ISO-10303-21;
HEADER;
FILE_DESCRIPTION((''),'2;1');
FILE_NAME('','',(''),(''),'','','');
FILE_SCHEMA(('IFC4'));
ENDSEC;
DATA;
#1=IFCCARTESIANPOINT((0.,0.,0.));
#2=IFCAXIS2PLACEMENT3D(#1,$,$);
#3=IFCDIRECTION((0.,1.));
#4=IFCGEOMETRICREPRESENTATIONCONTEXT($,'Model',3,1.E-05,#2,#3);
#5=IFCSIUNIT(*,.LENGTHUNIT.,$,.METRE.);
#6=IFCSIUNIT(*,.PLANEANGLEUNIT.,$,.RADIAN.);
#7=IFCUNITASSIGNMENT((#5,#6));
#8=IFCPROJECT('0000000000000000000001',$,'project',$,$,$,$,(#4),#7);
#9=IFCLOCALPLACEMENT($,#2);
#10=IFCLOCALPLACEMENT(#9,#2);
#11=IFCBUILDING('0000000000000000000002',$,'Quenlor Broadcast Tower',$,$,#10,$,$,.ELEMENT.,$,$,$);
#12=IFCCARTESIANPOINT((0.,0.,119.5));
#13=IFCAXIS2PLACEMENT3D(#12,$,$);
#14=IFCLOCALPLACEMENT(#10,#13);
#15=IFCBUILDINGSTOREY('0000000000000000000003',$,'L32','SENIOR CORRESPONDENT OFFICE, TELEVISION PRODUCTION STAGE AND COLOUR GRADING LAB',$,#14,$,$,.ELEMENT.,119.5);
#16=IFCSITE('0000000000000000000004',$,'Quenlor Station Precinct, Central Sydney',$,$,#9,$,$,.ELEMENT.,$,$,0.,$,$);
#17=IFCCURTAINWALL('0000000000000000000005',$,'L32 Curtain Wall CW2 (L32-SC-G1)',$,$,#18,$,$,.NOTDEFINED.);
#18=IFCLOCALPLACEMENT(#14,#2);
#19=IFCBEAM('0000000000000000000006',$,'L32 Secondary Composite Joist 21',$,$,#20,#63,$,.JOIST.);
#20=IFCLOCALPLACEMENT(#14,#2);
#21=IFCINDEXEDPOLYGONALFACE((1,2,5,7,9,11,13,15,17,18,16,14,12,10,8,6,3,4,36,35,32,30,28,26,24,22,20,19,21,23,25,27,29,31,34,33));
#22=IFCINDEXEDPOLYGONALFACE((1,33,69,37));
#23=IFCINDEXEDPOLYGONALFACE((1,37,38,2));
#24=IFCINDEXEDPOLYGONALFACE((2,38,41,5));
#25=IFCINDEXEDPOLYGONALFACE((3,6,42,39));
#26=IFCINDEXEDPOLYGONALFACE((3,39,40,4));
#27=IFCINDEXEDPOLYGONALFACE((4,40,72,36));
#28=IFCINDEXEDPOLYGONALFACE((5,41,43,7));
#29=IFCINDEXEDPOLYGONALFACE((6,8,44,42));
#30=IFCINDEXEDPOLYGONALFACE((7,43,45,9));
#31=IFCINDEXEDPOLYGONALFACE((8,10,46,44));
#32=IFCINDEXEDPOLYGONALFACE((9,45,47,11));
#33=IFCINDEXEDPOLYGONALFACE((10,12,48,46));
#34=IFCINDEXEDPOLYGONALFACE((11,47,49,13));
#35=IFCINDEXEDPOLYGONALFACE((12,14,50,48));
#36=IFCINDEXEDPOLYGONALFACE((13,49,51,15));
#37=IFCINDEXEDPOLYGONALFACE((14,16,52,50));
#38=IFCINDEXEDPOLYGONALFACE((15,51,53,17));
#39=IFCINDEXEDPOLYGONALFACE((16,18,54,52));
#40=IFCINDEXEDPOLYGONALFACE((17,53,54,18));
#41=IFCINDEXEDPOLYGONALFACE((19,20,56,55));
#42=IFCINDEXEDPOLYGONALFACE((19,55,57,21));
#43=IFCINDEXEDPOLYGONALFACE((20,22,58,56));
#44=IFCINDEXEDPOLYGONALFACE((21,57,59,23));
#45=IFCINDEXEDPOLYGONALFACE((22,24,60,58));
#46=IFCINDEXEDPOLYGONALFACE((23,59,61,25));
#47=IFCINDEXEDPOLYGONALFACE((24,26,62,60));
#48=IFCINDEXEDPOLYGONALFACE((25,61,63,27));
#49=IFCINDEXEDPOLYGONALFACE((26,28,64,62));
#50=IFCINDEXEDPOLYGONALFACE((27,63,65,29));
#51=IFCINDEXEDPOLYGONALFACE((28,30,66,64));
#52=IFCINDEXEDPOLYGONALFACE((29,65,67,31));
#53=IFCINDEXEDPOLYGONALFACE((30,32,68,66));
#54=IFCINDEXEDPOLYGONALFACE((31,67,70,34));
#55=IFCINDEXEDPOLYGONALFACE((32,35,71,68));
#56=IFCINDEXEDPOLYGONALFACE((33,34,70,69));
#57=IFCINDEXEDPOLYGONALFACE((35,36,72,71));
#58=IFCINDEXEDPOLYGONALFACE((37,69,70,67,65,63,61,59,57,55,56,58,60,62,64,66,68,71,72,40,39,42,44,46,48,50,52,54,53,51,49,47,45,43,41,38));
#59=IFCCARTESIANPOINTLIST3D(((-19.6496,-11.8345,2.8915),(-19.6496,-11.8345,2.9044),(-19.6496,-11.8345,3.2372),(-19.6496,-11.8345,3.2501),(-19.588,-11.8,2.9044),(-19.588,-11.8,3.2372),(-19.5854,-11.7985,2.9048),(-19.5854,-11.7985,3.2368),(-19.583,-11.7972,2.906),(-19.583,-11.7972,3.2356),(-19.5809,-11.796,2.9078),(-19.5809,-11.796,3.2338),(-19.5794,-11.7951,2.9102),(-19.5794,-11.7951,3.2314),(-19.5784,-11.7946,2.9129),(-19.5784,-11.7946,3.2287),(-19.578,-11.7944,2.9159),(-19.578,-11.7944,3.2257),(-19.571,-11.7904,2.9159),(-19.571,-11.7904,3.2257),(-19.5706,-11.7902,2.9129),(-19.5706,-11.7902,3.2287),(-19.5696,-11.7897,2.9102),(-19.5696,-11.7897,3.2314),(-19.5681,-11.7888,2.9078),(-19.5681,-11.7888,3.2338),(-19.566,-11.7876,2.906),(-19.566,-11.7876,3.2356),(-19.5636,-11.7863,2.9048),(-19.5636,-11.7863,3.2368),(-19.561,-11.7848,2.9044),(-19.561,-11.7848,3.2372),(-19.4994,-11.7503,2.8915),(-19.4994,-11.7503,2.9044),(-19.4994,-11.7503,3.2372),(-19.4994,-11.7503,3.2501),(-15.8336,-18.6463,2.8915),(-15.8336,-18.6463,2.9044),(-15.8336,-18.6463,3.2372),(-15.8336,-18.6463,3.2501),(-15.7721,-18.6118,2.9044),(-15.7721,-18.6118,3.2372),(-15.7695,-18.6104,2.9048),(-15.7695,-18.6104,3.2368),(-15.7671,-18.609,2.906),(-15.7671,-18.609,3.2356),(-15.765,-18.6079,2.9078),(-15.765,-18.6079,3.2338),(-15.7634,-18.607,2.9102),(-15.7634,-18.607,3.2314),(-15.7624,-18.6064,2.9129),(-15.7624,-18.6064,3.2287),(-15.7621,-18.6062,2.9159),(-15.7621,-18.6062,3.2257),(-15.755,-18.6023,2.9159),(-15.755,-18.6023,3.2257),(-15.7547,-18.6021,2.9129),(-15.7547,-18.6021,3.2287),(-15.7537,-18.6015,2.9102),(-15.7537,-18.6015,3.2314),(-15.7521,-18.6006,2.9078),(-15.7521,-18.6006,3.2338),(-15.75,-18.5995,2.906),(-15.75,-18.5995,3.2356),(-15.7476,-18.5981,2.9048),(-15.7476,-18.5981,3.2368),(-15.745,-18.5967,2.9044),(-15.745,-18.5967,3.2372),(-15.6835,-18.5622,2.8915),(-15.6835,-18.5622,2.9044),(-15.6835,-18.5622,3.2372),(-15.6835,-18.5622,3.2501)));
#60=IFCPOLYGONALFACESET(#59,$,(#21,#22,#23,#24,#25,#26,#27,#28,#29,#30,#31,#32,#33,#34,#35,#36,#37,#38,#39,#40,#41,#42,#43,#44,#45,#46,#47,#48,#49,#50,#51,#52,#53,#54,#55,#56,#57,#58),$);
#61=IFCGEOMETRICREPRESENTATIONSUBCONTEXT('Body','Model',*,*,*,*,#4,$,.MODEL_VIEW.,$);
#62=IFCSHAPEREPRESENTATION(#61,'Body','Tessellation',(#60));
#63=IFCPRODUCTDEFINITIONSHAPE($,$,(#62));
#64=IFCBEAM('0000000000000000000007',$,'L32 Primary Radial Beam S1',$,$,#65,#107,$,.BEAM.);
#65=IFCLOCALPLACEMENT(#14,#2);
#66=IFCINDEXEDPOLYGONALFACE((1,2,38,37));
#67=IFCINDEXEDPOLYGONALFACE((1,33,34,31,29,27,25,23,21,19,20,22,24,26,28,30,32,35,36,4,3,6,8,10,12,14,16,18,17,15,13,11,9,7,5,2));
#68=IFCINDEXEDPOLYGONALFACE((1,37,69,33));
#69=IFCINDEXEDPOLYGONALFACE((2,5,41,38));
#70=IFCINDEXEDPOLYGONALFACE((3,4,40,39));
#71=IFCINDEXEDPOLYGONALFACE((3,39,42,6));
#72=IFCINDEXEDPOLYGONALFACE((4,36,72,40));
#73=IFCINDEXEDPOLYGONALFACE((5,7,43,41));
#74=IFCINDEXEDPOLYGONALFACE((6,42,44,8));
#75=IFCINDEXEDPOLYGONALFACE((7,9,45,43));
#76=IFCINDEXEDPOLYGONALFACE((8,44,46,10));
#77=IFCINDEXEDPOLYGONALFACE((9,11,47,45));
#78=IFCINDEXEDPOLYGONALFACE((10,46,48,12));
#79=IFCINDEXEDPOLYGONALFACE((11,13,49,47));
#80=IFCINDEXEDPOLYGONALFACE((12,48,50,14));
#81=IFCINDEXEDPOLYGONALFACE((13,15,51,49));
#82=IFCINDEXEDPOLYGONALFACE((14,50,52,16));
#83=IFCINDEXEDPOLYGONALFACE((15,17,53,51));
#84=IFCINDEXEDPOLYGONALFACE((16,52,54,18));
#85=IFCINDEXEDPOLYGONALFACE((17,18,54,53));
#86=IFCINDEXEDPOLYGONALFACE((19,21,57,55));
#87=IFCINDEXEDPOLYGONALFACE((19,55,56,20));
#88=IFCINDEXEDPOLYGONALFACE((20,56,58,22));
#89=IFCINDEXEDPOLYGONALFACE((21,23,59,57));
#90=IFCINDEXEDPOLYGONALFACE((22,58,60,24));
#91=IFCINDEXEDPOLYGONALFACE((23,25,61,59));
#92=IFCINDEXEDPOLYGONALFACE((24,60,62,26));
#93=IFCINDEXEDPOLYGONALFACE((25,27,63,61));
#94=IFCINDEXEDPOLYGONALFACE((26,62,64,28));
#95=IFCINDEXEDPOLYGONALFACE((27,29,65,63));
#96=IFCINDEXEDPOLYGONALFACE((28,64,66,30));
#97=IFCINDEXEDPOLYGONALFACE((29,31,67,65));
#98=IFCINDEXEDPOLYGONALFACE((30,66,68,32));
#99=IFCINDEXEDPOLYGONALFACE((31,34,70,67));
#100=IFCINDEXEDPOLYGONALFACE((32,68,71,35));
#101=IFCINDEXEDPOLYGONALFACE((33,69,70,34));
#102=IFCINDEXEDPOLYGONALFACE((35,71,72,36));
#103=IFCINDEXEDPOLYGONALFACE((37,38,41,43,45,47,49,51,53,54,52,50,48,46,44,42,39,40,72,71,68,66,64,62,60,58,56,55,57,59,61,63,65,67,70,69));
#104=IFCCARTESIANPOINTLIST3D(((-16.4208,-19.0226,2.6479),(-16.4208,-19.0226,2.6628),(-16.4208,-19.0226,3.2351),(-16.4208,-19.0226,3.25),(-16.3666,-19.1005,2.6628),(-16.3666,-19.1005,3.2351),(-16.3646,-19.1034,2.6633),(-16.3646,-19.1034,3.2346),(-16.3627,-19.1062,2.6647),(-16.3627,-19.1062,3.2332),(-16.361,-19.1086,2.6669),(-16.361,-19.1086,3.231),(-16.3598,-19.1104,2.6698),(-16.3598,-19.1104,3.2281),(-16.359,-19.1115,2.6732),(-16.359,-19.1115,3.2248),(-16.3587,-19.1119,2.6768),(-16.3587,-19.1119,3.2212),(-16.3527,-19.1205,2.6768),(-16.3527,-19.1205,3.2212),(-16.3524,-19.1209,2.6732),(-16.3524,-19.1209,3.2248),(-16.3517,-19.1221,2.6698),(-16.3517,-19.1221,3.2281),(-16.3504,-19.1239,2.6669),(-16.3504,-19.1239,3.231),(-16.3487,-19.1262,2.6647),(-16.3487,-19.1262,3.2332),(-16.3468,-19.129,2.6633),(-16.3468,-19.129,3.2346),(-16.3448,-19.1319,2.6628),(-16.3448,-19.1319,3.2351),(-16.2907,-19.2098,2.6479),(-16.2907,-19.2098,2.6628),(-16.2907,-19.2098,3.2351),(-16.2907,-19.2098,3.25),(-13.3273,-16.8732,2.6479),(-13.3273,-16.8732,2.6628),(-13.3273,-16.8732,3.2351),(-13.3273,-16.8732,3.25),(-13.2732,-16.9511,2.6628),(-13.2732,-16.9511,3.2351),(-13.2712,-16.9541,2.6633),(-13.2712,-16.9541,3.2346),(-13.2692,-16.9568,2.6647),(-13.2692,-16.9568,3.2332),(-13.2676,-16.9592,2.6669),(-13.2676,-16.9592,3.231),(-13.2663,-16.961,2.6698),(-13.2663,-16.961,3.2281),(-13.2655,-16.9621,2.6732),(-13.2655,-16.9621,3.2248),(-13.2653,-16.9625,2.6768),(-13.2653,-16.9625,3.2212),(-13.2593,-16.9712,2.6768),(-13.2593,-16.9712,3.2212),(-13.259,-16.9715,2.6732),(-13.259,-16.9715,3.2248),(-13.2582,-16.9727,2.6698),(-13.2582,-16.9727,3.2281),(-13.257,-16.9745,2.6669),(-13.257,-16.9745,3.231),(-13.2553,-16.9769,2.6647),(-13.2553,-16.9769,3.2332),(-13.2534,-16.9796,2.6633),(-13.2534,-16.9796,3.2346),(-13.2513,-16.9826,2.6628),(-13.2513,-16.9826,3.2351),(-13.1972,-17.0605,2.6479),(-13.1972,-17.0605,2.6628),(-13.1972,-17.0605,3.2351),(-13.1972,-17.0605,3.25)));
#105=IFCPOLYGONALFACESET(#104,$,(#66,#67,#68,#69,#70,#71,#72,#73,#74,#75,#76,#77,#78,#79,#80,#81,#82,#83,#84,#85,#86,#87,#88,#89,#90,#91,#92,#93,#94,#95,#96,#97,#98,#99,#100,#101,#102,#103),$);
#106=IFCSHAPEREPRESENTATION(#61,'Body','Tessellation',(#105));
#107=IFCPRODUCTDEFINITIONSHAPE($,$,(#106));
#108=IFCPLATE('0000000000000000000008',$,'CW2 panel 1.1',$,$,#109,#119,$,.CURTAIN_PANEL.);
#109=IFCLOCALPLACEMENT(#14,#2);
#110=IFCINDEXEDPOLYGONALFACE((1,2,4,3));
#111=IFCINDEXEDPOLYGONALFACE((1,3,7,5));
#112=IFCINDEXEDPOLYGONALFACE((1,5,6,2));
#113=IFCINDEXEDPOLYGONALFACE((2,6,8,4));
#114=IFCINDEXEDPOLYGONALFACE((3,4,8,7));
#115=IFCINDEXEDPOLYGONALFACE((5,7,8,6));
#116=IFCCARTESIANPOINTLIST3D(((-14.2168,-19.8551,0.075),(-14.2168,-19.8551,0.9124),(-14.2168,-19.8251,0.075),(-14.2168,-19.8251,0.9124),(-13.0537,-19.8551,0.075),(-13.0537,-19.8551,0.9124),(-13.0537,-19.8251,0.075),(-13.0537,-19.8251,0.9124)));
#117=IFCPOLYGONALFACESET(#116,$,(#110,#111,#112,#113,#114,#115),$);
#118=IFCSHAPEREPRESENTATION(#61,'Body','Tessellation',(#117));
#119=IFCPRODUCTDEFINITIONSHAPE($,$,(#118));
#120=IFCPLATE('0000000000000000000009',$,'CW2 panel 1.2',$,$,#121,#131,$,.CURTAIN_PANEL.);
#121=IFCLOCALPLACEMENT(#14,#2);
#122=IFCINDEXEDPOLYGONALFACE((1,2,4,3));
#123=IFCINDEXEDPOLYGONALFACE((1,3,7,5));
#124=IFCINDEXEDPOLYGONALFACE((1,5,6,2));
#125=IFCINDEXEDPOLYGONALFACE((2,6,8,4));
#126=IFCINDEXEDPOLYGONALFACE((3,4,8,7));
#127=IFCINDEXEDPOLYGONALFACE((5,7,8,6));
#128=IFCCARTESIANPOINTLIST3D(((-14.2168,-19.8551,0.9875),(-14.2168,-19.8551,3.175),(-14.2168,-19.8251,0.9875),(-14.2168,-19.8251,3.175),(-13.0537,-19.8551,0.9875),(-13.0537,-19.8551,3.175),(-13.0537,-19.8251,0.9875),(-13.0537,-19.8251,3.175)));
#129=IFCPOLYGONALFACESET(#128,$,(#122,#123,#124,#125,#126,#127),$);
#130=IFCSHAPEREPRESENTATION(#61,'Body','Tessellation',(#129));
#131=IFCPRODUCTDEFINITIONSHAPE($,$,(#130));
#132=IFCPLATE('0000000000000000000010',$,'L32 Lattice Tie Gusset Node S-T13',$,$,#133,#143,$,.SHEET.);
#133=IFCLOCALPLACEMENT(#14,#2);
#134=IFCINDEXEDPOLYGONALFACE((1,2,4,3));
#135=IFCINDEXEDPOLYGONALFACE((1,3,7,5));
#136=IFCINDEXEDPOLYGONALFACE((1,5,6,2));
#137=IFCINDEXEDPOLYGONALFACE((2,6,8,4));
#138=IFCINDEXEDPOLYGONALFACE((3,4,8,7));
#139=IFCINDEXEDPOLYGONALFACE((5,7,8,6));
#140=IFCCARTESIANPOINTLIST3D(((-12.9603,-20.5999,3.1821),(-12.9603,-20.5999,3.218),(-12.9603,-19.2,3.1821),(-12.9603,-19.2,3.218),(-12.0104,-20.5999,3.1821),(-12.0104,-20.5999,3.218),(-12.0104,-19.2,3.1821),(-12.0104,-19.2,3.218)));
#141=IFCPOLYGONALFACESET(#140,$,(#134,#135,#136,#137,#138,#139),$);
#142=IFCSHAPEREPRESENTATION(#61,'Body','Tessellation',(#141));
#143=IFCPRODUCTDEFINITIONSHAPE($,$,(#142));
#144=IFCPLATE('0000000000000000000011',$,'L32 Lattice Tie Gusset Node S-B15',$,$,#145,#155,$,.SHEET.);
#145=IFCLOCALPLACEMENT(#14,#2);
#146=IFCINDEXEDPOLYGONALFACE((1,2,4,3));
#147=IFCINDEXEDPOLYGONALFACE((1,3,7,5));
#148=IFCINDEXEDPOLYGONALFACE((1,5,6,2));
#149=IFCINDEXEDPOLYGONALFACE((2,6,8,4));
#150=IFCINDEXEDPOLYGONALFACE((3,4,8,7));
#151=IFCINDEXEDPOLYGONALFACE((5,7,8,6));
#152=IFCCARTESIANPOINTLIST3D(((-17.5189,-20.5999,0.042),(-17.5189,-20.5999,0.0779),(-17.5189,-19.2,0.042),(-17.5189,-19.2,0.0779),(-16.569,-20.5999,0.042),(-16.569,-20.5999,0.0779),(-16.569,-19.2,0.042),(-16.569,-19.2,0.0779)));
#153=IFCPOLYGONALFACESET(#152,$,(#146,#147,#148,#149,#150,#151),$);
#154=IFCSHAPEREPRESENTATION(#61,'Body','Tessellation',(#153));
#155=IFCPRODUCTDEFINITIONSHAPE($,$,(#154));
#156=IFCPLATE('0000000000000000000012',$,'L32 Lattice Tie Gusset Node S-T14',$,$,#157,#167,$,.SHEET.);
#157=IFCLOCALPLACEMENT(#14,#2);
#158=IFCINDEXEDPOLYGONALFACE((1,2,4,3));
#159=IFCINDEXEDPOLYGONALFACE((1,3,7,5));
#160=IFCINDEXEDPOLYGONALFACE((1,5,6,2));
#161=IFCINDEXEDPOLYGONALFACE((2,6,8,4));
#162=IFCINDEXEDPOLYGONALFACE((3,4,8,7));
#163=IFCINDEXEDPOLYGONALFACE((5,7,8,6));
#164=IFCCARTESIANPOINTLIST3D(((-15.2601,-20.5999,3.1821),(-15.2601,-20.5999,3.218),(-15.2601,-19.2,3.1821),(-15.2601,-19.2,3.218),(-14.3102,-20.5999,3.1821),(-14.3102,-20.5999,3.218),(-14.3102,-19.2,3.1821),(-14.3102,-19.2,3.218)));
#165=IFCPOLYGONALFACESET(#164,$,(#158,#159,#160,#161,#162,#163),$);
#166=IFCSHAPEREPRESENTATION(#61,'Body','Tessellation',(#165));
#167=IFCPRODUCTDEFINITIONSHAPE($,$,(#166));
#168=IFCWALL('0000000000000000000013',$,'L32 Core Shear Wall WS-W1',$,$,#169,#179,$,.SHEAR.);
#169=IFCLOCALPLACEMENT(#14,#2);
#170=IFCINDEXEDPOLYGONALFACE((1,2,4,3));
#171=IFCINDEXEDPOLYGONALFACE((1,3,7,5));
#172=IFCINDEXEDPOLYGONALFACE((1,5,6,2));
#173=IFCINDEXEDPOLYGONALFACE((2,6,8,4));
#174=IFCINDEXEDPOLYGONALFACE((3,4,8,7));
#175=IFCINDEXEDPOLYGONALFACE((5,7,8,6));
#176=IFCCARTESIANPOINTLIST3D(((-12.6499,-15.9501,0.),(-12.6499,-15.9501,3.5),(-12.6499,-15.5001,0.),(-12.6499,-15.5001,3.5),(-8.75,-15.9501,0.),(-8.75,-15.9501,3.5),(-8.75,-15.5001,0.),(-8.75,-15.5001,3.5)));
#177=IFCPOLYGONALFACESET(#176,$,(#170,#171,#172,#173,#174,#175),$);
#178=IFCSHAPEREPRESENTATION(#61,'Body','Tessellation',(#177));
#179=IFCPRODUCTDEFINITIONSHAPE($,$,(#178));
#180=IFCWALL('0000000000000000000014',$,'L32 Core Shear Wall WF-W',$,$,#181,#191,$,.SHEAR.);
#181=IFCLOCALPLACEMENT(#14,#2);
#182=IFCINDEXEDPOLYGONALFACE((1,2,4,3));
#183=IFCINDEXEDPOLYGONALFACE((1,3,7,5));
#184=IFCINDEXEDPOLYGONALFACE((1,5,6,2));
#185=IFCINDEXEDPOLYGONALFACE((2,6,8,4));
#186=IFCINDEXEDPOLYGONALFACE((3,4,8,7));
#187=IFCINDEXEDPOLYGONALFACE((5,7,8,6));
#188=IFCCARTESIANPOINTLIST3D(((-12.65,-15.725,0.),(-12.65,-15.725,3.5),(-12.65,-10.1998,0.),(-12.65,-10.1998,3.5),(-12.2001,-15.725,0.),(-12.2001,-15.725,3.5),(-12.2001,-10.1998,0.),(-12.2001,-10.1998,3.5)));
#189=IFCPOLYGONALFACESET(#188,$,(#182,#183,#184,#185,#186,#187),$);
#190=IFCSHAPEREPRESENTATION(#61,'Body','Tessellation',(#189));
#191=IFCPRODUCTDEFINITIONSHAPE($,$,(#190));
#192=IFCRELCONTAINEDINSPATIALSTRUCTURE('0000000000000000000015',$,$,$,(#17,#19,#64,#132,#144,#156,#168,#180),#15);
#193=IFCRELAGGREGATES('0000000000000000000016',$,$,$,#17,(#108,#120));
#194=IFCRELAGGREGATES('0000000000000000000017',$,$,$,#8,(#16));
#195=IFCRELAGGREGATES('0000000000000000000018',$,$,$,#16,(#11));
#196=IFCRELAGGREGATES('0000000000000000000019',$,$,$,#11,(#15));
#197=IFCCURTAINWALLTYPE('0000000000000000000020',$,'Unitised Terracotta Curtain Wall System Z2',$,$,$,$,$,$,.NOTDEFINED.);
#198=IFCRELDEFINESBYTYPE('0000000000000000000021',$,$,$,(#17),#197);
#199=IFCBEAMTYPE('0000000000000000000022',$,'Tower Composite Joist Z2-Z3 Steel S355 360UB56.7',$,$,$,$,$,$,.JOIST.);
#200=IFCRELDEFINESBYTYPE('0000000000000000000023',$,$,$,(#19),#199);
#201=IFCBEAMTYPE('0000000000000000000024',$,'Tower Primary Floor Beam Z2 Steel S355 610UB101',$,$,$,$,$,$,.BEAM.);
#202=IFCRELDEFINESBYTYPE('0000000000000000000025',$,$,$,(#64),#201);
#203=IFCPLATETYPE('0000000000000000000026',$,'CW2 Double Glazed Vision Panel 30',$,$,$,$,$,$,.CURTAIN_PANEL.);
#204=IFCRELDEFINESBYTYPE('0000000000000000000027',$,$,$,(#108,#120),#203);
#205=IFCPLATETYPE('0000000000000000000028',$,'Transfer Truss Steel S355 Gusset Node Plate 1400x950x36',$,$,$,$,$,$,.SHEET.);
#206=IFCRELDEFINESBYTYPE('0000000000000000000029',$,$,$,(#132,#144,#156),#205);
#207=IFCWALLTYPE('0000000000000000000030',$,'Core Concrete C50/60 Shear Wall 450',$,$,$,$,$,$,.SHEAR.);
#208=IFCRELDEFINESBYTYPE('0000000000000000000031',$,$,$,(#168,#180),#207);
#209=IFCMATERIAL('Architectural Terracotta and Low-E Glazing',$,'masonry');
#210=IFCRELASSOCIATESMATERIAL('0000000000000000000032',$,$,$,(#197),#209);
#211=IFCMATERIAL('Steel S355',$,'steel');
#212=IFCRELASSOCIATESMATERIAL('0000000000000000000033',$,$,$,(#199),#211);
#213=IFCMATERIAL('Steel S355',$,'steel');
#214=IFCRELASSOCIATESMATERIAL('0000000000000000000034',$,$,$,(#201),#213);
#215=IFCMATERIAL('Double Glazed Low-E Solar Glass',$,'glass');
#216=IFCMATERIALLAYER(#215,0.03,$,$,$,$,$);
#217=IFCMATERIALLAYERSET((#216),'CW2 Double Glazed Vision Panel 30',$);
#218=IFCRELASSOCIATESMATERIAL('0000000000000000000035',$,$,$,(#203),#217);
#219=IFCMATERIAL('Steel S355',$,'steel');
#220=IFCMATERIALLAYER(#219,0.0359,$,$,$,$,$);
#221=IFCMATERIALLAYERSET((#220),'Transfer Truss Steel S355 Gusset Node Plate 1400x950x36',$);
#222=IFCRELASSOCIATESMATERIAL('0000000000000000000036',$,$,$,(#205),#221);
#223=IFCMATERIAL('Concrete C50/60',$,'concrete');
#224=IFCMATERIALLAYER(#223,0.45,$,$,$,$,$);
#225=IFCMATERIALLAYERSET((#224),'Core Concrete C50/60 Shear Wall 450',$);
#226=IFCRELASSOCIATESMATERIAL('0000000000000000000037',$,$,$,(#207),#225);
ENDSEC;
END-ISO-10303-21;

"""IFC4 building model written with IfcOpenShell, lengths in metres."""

from ifc_helpers import new_model, si_unit, direction, frame, frame_2d, origin, origin_2d, place, context, subcontext, project, spatial, rectangle, i_section, extrude, material, layer, layer_set, material_profile, profile_set, type_object, element, aggregate, save


model = new_model("IFC4")

# Units and contexts
model_context = context("Model", 3, precision=1e-05, world=origin(), true_north=direction((0.0, 1.0)))
body_context = subcontext(model_context, "Body", "Model", "MODEL_VIEW")
ifc_project = project(units=[si_unit("LENGTHUNIT", "METRE"), si_unit("PLANEANGLEUNIT", "RADIAN")], contexts=[model_context])

# Site, building, storey
site_placement = place(None, origin())
site = spatial("IfcSite", under=ifc_project, at=site_placement, Name="Quenlor Station Precinct, Central Sydney", CompositionType="ELEMENT", RefElevation=0.0)
building_placement = place(site_placement, origin())
building = spatial("IfcBuilding", under=site, at=building_placement, Name="Quenlor Broadcast Tower", CompositionType="ELEMENT")
storey_placement = place(building_placement, frame((0.0, 0.0, 119.5)))
storey = spatial("IfcBuildingStorey", under=building, at=storey_placement, Name="L32", Description="SENIOR CORRESPONDENT OFFICE, TELEVISION PRODUCTION STAGE AND COLOUR GRADING LAB", CompositionType="ELEMENT", Elevation=119.5)

# Curtain wall
ifc_material_1 = material(Name="Architectural Terracotta and Low-E Glazing", Category="masonry")
curtain_wall_type = type_object("IfcCurtainWallType", Name="Unitised Terracotta Curtain Wall System Z2", PredefinedType="NOTDEFINED", material=ifc_material_1)
curtain_wall_placement = place(storey_placement, origin())
curtain_wall = element("IfcCurtainWall", 1, at=curtain_wall_placement, inside=storey, type_object=curtain_wall_type, Name="L32 Curtain Wall CW2 (L32-SC-G1)", PredefinedType="NOTDEFINED")

# Beams
ifc_material_2 = material(Name="Steel S355", Category="steel")
ifc_material_profile_1 = material_profile(ifc_material_2, i_section(OverallWidth=0.1721, OverallDepth=0.3586, WebThickness=0.0081, FlangeThickness=0.0129, FilletRadius=0.0115, at=origin_2d()))
ifc_profile_set_1 = profile_set([ifc_material_profile_1], Name="Steel S355 360UB56.7")
beam_type_1 = type_object("IfcBeamType", Name="Tower Composite Joist Z2-Z3 Steel S355 360UB56.7", PredefinedType="JOIST", material=ifc_profile_set_1)
beam_1_placement = place(storey_placement, frame((-15.7585, -18.6042, 3.0708), z_axis=(-0.488733, 0.872433, 0.0), x_axis=(-0.872433, -0.488733, 0.0)))
element("IfcBeam", 2, at=beam_1_placement, inside=storey, type_object=beam_type_1, Name="L32 Secondary Composite Joist 21", PredefinedType="JOIST", context=body_context, shape_type="SweptSolid", body=[
    extrude(i_section(OverallWidth=0.1721, OverallDepth=0.3586, WebThickness=0.0081, FlangeThickness=0.0129, FilletRadius=0.0115, at=origin_2d()), origin(), (0.0, 0.0, 1.0), 7.8079),
])
ifc_material_3 = material(Name="Steel S355", Category="steel")
ifc_material_profile_2 = material_profile(ifc_material_3, i_section(OverallWidth=0.228, OverallDepth=0.6021, WebThickness=0.0105, FlangeThickness=0.0149, FilletRadius=0.0139, at=origin_2d()))
ifc_profile_set_2 = profile_set([ifc_material_profile_2], Name="Steel S355 610UB101")
beam_type_2 = type_object("IfcBeamType", Name="Tower Primary Floor Beam Z2 Steel S355 610UB101", PredefinedType="BEAM", material=ifc_profile_set_2)
beam_2_placement = place(storey_placement, frame((-16.3557, -19.1162, 2.949), z_axis=(0.821227, 0.570601, 0.0), x_axis=(-0.570601, 0.821227, 0.0)))
element("IfcBeam", 3, at=beam_2_placement, inside=storey, type_object=beam_type_2, Name="L32 Primary Radial Beam S1", PredefinedType="BEAM", context=body_context, shape_type="SweptSolid", body=[
    extrude(i_section(OverallWidth=0.228, OverallDepth=0.6021, WebThickness=0.0105, FlangeThickness=0.0149, FilletRadius=0.0139, at=origin_2d()), origin(), (0.0, 0.0, 1.0), 3.7668),
])

# Plates
ifc_material_4 = material(Name="Double Glazed Low-E Solar Glass", Category="glass")
ifc_layer_1 = layer(ifc_material_4, 0.03)
ifc_layer_set_1 = layer_set([ifc_layer_1], Name="CW2 Double Glazed Vision Panel 30")
plate_type_1 = type_object("IfcPlateType", Name="CW2 Double Glazed Vision Panel 30", PredefinedType="CURTAIN_PANEL", material=ifc_layer_set_1)
plate_1_placement = place(storey_placement, frame((-13.6353, -19.8401, 0.075), z_axis=(0.0, 0.0, 1.0), x_axis=(-1.0, 0.0, 0.0)))
plate_1 = element("IfcPlate", 4, at=plate_1_placement, type_object=plate_type_1, Name="CW2 panel 1.1", PredefinedType="CURTAIN_PANEL", context=body_context, shape_type="SweptSolid", body=[
    extrude(rectangle(XDim=1.1631, YDim=0.03, at=origin_2d()), origin(), (0.0, 0.0, 1.0), 0.8374),
])
plate_2_placement = place(storey_placement, frame((-13.6353, -19.8401, 0.9875), z_axis=(0.0, 0.0, 1.0), x_axis=(-1.0, 0.0, 0.0)))
plate_2 = element("IfcPlate", 5, at=plate_2_placement, type_object=plate_type_1, Name="CW2 panel 1.2", PredefinedType="CURTAIN_PANEL", context=body_context, shape_type="SweptSolid", body=[
    extrude(rectangle(XDim=1.1631, YDim=0.03, at=origin_2d()), origin(), (0.0, 0.0, 1.0), 2.1875),
])
aggregate(curtain_wall, [plate_1, plate_2])

# Plates
ifc_material_5 = material(Name="Steel S355", Category="steel")
ifc_layer_2 = layer(ifc_material_5, 0.0359)
ifc_layer_set_2 = layer_set([ifc_layer_2], Name="Transfer Truss Steel S355 Gusset Node Plate 1400x950x36")
plate_type_2 = type_object("IfcPlateType", Name="Transfer Truss Steel S355 Gusset Node Plate 1400x950x36", PredefinedType="SHEET", material=ifc_layer_set_2)
for number, where, z_axis, x_axis, name in (
    (6, (-12.4854, -19.8999, 3.1821), (0.0, 0.0, 1.0), (0.0, -1.0, 0.0), "L32 Lattice Tie Gusset Node S-T13"),
    (7, (-17.0439, -19.8999, 0.042), (0.0, 0.0, 1.0), (0.0, -1.0, 0.0), "L32 Lattice Tie Gusset Node S-B15"),
    (8, (-14.7852, -19.8999, 3.1821), (0.0, 0.0, 1.0), (0.0, -1.0, 0.0), "L32 Lattice Tie Gusset Node S-T14"),
):
    element("IfcPlate", number, at=place(storey_placement, frame(where, z_axis=z_axis, x_axis=x_axis)), inside=storey, type_object=plate_type_2, Name=name, PredefinedType="SHEET", context=body_context, shape_type="SweptSolid", body=[
        extrude(rectangle(XDim=1.3999, YDim=0.95, at=origin_2d()), origin(), (0.0, 0.0, 1.0), 0.0359),
    ])

# Walls
ifc_material_6 = material(Name="Concrete C50/60", Category="concrete")
ifc_layer_3 = layer(ifc_material_6, 0.45)
ifc_layer_set_3 = layer_set([ifc_layer_3], Name="Core Concrete C50/60 Shear Wall 450")
wall_type_1 = type_object("IfcWallType", Name="Core Concrete C50/60 Shear Wall 450", PredefinedType="SHEAR", material=ifc_layer_set_3)
wall_1_placement = place(storey_placement, frame((-12.6499, -15.7251, 0.0), z_axis=(0.0, 0.0, 1.0), x_axis=(1.0, 0.0, 0.0)))
element("IfcWall", 9, at=wall_1_placement, inside=storey, type_object=wall_type_1, Name="L32 Core Shear Wall WS-W1", PredefinedType="SHEAR", context=body_context, shape_type="SweptSolid", body=[
    extrude(rectangle(XDim=3.8999, YDim=0.45, at=frame_2d((1.95, 0.0))), origin(), (0.0, 0.0, 1.0), 3.5),
])
wall_2_placement = place(storey_placement, frame((-12.425, -15.7251, 0.0), z_axis=(0.0, 0.0, 1.0), x_axis=(0.0, 1.0, 0.0)))
element("IfcWall", 10, at=wall_2_placement, inside=storey, type_object=wall_type_1, Name="L32 Core Shear Wall WF-W", PredefinedType="SHEAR", context=body_context, shape_type="SweptSolid", body=[
    extrude(rectangle(XDim=5.5251, YDim=0.45, at=frame_2d((2.7627, 0.0))), origin(), (0.0, 0.0, 1.0), 3.5),
])

save(model, "model.ifc")
